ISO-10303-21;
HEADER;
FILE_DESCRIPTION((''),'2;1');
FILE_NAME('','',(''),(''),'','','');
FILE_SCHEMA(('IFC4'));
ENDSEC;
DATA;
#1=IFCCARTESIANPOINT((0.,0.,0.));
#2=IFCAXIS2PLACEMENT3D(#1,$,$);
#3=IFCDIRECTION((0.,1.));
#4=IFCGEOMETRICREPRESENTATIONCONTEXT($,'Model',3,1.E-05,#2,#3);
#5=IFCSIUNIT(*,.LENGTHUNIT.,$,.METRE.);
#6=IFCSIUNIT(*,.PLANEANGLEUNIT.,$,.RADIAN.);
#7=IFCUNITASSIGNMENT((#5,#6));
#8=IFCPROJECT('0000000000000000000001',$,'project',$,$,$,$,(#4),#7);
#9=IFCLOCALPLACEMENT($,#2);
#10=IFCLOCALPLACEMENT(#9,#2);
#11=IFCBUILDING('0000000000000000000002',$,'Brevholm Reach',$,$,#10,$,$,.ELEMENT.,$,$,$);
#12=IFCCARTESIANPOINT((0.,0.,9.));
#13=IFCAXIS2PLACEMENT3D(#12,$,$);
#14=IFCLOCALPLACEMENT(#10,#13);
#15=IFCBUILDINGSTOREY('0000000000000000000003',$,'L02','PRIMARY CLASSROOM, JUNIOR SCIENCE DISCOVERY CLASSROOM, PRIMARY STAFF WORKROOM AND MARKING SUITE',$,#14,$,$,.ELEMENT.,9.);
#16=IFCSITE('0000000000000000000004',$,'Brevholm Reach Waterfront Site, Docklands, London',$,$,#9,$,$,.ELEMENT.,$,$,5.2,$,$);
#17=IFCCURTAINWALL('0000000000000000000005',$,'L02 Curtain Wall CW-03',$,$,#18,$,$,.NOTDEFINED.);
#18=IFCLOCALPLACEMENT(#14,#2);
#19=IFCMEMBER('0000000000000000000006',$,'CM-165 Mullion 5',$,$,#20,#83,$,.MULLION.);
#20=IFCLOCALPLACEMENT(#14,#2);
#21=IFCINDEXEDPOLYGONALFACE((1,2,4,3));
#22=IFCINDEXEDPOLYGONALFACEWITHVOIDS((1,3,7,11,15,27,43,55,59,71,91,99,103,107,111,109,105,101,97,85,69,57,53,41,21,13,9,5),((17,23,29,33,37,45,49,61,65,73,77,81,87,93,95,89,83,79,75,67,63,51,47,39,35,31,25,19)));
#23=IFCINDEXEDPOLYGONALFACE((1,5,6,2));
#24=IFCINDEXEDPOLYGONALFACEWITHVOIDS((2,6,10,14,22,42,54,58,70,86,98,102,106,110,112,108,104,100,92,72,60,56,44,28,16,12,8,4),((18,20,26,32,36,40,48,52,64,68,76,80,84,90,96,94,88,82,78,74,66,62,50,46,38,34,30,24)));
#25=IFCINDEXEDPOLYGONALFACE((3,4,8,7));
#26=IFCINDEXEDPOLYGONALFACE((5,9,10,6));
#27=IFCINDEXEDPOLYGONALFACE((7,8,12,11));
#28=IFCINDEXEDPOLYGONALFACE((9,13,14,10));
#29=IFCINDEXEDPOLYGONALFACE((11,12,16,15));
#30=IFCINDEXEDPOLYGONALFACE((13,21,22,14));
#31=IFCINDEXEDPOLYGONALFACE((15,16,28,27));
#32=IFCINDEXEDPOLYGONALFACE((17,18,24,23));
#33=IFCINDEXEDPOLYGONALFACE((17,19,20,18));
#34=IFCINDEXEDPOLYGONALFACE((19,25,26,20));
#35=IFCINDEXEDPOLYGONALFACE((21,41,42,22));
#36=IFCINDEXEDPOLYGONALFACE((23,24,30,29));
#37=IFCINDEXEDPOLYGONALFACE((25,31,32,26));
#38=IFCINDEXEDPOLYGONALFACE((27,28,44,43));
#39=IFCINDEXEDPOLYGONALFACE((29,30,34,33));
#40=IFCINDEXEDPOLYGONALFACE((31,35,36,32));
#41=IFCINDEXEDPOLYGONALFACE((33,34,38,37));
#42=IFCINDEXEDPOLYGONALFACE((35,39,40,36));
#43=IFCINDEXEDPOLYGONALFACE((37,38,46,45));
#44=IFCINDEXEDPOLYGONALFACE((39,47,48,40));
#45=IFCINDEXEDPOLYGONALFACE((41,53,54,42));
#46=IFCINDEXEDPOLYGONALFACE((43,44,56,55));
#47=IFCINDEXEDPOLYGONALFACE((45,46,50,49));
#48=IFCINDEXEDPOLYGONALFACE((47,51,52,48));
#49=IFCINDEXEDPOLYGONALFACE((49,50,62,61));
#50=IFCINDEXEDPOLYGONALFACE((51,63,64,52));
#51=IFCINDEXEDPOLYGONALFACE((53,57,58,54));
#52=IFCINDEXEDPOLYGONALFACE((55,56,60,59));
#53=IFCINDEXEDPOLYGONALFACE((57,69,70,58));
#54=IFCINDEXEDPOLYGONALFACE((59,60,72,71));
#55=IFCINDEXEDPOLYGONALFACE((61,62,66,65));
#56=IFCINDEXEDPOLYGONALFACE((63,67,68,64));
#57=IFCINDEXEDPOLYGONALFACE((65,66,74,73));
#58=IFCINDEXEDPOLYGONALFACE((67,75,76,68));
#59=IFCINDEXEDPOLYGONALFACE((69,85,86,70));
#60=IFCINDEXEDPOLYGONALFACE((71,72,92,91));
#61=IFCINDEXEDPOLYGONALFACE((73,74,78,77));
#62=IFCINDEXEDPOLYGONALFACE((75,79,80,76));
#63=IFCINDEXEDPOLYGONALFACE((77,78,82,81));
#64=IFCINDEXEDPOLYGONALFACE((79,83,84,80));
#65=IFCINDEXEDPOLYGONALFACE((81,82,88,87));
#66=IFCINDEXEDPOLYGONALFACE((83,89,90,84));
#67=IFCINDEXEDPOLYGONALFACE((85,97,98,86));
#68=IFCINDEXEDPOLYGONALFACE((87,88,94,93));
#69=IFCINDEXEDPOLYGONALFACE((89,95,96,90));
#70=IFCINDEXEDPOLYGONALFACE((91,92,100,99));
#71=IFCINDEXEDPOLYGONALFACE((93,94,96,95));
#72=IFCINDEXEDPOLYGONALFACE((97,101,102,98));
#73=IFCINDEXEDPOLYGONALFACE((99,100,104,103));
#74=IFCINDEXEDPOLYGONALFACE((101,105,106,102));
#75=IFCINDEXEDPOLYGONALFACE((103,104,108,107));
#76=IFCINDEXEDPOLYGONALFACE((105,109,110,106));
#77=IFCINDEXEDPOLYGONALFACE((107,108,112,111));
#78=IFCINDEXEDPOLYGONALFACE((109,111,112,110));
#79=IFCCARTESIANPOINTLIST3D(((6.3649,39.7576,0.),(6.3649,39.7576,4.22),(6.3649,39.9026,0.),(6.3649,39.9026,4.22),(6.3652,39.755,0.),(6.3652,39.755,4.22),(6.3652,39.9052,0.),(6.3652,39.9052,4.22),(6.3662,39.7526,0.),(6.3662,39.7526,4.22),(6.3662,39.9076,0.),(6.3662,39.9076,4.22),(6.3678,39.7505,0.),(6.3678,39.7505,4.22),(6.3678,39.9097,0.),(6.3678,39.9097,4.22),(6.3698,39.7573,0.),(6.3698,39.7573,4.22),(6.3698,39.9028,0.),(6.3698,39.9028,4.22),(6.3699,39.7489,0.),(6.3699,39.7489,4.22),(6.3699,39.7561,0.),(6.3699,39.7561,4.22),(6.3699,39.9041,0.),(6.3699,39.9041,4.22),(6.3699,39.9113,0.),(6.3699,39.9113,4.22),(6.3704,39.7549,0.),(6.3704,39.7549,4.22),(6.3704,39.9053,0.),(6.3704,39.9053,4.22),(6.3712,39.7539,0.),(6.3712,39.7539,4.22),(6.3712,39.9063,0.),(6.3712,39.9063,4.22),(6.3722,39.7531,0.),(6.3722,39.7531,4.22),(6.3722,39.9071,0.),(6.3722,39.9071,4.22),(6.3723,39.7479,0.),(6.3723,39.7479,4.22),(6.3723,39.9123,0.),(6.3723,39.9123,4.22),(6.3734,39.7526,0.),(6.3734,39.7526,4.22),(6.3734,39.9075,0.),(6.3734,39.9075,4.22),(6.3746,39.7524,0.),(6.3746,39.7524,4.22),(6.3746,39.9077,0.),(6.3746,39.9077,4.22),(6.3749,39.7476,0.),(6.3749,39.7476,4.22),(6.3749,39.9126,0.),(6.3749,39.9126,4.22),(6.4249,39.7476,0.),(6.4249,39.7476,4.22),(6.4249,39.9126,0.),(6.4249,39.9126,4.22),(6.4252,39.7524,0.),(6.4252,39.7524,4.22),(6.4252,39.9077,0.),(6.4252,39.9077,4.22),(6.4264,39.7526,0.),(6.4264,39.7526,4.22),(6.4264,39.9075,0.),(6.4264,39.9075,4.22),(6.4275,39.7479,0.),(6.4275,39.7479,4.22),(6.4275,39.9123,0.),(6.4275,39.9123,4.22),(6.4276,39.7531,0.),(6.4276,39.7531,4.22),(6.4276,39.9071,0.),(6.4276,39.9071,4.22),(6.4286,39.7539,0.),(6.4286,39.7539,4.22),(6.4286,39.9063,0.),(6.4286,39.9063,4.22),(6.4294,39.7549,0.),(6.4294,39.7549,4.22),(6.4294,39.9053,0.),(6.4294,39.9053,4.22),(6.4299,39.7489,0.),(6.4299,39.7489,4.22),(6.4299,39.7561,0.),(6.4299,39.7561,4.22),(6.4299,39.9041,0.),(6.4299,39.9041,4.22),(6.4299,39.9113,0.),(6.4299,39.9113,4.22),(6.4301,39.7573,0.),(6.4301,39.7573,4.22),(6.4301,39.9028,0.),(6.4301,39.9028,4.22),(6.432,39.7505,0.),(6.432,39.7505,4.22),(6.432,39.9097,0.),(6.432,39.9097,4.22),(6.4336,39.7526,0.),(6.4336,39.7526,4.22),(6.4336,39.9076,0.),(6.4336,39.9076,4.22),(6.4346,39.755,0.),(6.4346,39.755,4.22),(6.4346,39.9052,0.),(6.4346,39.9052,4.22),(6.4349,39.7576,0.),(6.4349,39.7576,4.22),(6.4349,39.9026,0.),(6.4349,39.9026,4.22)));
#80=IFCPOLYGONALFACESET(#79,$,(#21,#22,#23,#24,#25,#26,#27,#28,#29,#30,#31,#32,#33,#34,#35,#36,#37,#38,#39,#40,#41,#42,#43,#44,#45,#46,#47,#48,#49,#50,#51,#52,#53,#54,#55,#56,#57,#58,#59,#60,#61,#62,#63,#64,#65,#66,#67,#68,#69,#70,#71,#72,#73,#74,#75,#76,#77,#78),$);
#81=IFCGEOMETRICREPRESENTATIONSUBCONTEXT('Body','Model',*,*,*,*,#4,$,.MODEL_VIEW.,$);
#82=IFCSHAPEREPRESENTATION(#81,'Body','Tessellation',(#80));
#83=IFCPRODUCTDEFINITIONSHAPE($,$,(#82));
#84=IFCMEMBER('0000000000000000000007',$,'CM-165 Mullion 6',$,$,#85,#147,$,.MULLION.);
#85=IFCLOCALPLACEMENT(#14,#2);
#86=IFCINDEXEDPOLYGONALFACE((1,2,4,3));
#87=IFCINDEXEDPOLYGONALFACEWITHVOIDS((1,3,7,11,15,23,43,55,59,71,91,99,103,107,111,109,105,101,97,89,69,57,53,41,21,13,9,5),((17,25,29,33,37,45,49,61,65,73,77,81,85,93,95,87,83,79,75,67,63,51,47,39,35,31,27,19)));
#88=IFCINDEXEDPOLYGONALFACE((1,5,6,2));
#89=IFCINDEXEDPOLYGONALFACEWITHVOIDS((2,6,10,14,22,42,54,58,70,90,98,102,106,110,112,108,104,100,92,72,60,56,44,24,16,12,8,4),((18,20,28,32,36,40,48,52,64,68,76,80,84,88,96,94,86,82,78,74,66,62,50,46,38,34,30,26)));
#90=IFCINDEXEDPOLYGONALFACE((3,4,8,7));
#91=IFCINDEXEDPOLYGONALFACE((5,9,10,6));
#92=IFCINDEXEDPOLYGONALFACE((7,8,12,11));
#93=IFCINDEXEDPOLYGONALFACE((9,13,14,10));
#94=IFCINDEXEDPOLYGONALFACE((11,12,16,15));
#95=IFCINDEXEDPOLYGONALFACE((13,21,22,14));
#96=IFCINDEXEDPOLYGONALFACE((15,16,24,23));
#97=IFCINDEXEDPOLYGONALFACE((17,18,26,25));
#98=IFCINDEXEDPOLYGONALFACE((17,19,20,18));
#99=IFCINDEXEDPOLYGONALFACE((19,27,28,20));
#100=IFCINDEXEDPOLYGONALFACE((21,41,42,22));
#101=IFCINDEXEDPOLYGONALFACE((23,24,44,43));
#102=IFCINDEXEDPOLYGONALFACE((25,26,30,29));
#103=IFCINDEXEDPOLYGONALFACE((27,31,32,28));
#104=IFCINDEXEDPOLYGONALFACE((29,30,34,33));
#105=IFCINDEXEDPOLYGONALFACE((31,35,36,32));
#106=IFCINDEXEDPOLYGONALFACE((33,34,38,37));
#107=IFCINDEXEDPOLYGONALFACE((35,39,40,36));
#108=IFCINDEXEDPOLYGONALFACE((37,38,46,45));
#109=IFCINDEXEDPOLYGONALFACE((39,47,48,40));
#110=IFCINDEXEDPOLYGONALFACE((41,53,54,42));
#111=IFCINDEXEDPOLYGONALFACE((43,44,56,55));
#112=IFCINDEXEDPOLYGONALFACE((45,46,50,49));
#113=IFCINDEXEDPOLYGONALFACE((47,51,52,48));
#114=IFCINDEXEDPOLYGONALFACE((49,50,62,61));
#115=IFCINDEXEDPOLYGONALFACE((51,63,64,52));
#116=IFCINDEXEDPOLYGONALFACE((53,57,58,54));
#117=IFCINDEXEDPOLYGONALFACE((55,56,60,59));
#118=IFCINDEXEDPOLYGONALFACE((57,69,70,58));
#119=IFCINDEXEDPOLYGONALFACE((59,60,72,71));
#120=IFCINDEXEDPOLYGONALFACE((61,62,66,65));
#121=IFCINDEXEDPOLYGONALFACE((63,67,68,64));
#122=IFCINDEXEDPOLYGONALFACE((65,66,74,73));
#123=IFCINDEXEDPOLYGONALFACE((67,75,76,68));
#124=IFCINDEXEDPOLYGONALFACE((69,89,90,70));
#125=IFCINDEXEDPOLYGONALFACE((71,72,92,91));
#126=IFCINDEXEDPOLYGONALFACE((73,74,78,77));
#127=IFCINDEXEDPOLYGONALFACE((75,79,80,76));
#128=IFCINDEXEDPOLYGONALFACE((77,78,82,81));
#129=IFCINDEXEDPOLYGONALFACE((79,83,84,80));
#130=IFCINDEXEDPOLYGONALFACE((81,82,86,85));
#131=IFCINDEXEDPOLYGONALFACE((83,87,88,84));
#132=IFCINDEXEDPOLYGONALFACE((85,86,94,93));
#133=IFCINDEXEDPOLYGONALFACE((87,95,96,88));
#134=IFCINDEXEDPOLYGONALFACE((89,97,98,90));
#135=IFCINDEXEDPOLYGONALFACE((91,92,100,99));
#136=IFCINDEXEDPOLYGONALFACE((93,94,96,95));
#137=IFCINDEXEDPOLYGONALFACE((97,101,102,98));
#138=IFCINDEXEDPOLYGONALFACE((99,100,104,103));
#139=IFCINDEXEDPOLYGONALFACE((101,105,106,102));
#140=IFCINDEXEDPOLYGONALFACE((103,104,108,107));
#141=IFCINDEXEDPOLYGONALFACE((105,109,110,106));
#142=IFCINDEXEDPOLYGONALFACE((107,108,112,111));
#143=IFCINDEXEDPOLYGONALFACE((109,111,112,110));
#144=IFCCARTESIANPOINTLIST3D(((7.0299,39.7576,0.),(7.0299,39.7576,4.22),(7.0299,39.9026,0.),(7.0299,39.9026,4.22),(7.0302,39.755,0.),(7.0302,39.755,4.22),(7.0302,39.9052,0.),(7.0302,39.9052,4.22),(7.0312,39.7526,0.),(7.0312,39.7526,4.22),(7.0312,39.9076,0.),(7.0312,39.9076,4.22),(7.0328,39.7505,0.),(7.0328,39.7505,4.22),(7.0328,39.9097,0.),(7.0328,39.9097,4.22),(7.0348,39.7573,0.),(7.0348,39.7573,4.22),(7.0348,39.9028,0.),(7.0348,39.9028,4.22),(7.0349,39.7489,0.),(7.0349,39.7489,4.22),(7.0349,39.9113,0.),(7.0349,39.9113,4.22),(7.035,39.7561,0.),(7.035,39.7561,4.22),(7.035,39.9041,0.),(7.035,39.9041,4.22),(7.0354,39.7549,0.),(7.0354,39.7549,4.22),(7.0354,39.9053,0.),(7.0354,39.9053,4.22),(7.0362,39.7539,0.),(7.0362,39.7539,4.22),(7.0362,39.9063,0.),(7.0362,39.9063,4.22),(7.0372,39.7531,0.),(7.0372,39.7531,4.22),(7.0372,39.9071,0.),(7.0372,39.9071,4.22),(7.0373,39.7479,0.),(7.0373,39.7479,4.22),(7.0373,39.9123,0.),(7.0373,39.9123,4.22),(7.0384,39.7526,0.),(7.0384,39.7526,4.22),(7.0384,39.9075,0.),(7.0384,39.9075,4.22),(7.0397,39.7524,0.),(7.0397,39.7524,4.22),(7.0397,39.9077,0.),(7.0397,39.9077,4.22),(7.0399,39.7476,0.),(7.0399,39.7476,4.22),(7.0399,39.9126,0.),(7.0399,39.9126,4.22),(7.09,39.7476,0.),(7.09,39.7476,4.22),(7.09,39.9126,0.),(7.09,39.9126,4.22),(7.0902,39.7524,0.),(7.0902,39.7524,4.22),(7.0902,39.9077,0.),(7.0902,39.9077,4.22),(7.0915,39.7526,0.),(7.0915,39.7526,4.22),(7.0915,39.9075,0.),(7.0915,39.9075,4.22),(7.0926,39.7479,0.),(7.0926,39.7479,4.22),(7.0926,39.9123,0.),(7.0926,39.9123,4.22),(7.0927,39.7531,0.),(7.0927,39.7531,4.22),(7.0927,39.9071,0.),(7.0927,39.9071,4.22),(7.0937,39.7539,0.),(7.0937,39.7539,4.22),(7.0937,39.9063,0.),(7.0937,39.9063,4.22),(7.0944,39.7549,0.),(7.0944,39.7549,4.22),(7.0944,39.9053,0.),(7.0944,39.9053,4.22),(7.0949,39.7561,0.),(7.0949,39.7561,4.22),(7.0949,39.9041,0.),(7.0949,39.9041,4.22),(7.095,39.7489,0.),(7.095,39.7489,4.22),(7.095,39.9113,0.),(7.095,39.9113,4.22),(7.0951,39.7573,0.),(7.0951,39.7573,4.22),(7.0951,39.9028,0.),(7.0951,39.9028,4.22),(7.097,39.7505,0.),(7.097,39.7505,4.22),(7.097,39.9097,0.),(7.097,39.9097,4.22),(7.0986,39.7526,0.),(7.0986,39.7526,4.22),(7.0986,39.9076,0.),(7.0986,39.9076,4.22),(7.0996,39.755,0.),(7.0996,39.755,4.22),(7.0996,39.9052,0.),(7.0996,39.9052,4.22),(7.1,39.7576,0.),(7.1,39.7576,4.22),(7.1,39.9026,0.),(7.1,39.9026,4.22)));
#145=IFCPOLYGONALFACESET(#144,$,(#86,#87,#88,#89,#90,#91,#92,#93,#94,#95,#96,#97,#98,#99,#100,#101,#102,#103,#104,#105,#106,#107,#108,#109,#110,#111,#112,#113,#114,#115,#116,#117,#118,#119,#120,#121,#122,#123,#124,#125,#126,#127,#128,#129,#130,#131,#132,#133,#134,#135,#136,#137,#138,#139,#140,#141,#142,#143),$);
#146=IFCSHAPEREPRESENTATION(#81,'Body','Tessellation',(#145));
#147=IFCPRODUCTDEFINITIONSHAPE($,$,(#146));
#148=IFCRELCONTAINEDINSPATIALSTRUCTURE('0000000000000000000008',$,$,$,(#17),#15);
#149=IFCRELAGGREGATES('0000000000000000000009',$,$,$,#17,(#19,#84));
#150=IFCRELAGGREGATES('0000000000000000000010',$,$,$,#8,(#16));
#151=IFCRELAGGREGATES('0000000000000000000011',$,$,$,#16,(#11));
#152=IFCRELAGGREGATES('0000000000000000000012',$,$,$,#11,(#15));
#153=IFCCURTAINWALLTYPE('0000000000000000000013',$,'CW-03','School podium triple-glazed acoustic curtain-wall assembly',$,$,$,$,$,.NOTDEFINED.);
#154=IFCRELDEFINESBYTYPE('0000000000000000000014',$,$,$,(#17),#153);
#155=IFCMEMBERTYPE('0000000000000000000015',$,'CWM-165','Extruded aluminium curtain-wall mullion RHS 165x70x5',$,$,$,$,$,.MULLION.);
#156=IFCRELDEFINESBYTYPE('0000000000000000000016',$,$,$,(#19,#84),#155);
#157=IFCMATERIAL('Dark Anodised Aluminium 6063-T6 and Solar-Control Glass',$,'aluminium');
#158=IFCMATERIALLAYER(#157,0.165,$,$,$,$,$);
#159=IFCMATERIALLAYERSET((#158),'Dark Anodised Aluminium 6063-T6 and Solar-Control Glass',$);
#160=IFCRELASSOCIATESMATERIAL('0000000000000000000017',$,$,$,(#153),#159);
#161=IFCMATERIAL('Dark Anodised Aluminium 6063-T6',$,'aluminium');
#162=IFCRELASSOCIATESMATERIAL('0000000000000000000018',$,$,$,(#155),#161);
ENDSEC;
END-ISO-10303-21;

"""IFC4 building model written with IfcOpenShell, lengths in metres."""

from ifc_helpers import new_model, si_unit, direction, frame, origin, origin_2d, place, context, subcontext, project, spatial, hollow_rectangle, extrude, material, layer, layer_set, material_profile, profile_set, type_object, element, aggregate, save


model = new_model("IFC4")

# Units and contexts
model_context = context("Model", 3, precision=1e-05, world=origin(), true_north=direction((0.0, 1.0)))
body_context = subcontext(model_context, "Body", "Model", "MODEL_VIEW")
ifc_project = project(units=[si_unit("LENGTHUNIT", "METRE"), si_unit("PLANEANGLEUNIT", "RADIAN")], contexts=[model_context])

# Site, building, storey
site_placement = place(None, origin())
site = spatial("IfcSite", under=ifc_project, at=site_placement, Name="Brevholm Reach Waterfront Site, Docklands, London", CompositionType="ELEMENT", RefElevation=5.2)
building_placement = place(site_placement, origin())
building = spatial("IfcBuilding", under=site, at=building_placement, Name="Brevholm Reach", CompositionType="ELEMENT")
storey_placement = place(building_placement, frame((0.0, 0.0, 9.0)))
storey = spatial("IfcBuildingStorey", under=building, at=storey_placement, Name="L02", Description="PRIMARY CLASSROOM, JUNIOR SCIENCE DISCOVERY CLASSROOM, PRIMARY STAFF WORKROOM AND MARKING SUITE", CompositionType="ELEMENT", Elevation=9.0)

# Curtain wall, members
ifc_material_1 = material(Name="Dark Anodised Aluminium 6063-T6 and Solar-Control Glass", Category="aluminium")
ifc_layer_1 = layer(ifc_material_1, 0.165)
ifc_layer_set_1 = layer_set([ifc_layer_1], Name="Dark Anodised Aluminium 6063-T6 and Solar-Control Glass")
curtain_wall_type = type_object("IfcCurtainWallType", Name="CW-03", Description="School podium triple-glazed acoustic curtain-wall assembly", PredefinedType="NOTDEFINED", material=ifc_layer_set_1)
curtain_wall_placement = place(storey_placement, origin())
curtain_wall = element("IfcCurtainWall", 1, at=curtain_wall_placement, inside=storey, type_object=curtain_wall_type, Name="L02 Curtain Wall CW-03", PredefinedType="NOTDEFINED")
ifc_material_2 = material(Name="Dark Anodised Aluminium 6063-T6", Category="aluminium")
ifc_material_profile_1 = material_profile(ifc_material_2, hollow_rectangle(XDim=0.0701, YDim=0.165, WallThickness=0.0049, InnerFilletRadius=0.0049, OuterFilletRadius=0.01, at=origin_2d()), Name="RHS 165x70x5")
ifc_profile_set_1 = profile_set([ifc_material_profile_1], Name="Dark Anodised Aluminium 6063-T6")
member_type_1 = type_object("IfcMemberType", Name="CWM-165", Description="Extruded aluminium curtain-wall mullion RHS 165x70x5", PredefinedType="MULLION", material=ifc_profile_set_1)
member_1_placement = place(storey_placement, frame((6.3999, 39.8301, 0.0), z_axis=(0.0, 0.0, 1.0), x_axis=(1.0, 0.0, 0.0)))
member_1 = element("IfcMember", 2, at=member_1_placement, type_object=member_type_1, Name="CM-165 Mullion 5", PredefinedType="MULLION", context=body_context, shape_type="SweptSolid", body=[
    extrude(hollow_rectangle(XDim=0.0701, YDim=0.165, WallThickness=0.0049, InnerFilletRadius=0.0049, OuterFilletRadius=0.01, at=origin_2d()), origin(), (0.0, 0.0, 1.0), 4.22),
])
member_2_placement = place(storey_placement, frame((7.0649, 39.8301, 0.0), z_axis=(0.0, 0.0, 1.0), x_axis=(1.0, 0.0, 0.0)))
member_2 = element("IfcMember", 3, at=member_2_placement, type_object=member_type_1, Name="CM-165 Mullion 6", PredefinedType="MULLION", context=body_context, shape_type="SweptSolid", body=[
    extrude(hollow_rectangle(XDim=0.0701, YDim=0.165, WallThickness=0.0049, InnerFilletRadius=0.0049, OuterFilletRadius=0.01, at=origin_2d()), origin(), (0.0, 0.0, 1.0), 4.22),
])
aggregate(curtain_wall, [member_1, member_2])

save(model, "model.ifc")
